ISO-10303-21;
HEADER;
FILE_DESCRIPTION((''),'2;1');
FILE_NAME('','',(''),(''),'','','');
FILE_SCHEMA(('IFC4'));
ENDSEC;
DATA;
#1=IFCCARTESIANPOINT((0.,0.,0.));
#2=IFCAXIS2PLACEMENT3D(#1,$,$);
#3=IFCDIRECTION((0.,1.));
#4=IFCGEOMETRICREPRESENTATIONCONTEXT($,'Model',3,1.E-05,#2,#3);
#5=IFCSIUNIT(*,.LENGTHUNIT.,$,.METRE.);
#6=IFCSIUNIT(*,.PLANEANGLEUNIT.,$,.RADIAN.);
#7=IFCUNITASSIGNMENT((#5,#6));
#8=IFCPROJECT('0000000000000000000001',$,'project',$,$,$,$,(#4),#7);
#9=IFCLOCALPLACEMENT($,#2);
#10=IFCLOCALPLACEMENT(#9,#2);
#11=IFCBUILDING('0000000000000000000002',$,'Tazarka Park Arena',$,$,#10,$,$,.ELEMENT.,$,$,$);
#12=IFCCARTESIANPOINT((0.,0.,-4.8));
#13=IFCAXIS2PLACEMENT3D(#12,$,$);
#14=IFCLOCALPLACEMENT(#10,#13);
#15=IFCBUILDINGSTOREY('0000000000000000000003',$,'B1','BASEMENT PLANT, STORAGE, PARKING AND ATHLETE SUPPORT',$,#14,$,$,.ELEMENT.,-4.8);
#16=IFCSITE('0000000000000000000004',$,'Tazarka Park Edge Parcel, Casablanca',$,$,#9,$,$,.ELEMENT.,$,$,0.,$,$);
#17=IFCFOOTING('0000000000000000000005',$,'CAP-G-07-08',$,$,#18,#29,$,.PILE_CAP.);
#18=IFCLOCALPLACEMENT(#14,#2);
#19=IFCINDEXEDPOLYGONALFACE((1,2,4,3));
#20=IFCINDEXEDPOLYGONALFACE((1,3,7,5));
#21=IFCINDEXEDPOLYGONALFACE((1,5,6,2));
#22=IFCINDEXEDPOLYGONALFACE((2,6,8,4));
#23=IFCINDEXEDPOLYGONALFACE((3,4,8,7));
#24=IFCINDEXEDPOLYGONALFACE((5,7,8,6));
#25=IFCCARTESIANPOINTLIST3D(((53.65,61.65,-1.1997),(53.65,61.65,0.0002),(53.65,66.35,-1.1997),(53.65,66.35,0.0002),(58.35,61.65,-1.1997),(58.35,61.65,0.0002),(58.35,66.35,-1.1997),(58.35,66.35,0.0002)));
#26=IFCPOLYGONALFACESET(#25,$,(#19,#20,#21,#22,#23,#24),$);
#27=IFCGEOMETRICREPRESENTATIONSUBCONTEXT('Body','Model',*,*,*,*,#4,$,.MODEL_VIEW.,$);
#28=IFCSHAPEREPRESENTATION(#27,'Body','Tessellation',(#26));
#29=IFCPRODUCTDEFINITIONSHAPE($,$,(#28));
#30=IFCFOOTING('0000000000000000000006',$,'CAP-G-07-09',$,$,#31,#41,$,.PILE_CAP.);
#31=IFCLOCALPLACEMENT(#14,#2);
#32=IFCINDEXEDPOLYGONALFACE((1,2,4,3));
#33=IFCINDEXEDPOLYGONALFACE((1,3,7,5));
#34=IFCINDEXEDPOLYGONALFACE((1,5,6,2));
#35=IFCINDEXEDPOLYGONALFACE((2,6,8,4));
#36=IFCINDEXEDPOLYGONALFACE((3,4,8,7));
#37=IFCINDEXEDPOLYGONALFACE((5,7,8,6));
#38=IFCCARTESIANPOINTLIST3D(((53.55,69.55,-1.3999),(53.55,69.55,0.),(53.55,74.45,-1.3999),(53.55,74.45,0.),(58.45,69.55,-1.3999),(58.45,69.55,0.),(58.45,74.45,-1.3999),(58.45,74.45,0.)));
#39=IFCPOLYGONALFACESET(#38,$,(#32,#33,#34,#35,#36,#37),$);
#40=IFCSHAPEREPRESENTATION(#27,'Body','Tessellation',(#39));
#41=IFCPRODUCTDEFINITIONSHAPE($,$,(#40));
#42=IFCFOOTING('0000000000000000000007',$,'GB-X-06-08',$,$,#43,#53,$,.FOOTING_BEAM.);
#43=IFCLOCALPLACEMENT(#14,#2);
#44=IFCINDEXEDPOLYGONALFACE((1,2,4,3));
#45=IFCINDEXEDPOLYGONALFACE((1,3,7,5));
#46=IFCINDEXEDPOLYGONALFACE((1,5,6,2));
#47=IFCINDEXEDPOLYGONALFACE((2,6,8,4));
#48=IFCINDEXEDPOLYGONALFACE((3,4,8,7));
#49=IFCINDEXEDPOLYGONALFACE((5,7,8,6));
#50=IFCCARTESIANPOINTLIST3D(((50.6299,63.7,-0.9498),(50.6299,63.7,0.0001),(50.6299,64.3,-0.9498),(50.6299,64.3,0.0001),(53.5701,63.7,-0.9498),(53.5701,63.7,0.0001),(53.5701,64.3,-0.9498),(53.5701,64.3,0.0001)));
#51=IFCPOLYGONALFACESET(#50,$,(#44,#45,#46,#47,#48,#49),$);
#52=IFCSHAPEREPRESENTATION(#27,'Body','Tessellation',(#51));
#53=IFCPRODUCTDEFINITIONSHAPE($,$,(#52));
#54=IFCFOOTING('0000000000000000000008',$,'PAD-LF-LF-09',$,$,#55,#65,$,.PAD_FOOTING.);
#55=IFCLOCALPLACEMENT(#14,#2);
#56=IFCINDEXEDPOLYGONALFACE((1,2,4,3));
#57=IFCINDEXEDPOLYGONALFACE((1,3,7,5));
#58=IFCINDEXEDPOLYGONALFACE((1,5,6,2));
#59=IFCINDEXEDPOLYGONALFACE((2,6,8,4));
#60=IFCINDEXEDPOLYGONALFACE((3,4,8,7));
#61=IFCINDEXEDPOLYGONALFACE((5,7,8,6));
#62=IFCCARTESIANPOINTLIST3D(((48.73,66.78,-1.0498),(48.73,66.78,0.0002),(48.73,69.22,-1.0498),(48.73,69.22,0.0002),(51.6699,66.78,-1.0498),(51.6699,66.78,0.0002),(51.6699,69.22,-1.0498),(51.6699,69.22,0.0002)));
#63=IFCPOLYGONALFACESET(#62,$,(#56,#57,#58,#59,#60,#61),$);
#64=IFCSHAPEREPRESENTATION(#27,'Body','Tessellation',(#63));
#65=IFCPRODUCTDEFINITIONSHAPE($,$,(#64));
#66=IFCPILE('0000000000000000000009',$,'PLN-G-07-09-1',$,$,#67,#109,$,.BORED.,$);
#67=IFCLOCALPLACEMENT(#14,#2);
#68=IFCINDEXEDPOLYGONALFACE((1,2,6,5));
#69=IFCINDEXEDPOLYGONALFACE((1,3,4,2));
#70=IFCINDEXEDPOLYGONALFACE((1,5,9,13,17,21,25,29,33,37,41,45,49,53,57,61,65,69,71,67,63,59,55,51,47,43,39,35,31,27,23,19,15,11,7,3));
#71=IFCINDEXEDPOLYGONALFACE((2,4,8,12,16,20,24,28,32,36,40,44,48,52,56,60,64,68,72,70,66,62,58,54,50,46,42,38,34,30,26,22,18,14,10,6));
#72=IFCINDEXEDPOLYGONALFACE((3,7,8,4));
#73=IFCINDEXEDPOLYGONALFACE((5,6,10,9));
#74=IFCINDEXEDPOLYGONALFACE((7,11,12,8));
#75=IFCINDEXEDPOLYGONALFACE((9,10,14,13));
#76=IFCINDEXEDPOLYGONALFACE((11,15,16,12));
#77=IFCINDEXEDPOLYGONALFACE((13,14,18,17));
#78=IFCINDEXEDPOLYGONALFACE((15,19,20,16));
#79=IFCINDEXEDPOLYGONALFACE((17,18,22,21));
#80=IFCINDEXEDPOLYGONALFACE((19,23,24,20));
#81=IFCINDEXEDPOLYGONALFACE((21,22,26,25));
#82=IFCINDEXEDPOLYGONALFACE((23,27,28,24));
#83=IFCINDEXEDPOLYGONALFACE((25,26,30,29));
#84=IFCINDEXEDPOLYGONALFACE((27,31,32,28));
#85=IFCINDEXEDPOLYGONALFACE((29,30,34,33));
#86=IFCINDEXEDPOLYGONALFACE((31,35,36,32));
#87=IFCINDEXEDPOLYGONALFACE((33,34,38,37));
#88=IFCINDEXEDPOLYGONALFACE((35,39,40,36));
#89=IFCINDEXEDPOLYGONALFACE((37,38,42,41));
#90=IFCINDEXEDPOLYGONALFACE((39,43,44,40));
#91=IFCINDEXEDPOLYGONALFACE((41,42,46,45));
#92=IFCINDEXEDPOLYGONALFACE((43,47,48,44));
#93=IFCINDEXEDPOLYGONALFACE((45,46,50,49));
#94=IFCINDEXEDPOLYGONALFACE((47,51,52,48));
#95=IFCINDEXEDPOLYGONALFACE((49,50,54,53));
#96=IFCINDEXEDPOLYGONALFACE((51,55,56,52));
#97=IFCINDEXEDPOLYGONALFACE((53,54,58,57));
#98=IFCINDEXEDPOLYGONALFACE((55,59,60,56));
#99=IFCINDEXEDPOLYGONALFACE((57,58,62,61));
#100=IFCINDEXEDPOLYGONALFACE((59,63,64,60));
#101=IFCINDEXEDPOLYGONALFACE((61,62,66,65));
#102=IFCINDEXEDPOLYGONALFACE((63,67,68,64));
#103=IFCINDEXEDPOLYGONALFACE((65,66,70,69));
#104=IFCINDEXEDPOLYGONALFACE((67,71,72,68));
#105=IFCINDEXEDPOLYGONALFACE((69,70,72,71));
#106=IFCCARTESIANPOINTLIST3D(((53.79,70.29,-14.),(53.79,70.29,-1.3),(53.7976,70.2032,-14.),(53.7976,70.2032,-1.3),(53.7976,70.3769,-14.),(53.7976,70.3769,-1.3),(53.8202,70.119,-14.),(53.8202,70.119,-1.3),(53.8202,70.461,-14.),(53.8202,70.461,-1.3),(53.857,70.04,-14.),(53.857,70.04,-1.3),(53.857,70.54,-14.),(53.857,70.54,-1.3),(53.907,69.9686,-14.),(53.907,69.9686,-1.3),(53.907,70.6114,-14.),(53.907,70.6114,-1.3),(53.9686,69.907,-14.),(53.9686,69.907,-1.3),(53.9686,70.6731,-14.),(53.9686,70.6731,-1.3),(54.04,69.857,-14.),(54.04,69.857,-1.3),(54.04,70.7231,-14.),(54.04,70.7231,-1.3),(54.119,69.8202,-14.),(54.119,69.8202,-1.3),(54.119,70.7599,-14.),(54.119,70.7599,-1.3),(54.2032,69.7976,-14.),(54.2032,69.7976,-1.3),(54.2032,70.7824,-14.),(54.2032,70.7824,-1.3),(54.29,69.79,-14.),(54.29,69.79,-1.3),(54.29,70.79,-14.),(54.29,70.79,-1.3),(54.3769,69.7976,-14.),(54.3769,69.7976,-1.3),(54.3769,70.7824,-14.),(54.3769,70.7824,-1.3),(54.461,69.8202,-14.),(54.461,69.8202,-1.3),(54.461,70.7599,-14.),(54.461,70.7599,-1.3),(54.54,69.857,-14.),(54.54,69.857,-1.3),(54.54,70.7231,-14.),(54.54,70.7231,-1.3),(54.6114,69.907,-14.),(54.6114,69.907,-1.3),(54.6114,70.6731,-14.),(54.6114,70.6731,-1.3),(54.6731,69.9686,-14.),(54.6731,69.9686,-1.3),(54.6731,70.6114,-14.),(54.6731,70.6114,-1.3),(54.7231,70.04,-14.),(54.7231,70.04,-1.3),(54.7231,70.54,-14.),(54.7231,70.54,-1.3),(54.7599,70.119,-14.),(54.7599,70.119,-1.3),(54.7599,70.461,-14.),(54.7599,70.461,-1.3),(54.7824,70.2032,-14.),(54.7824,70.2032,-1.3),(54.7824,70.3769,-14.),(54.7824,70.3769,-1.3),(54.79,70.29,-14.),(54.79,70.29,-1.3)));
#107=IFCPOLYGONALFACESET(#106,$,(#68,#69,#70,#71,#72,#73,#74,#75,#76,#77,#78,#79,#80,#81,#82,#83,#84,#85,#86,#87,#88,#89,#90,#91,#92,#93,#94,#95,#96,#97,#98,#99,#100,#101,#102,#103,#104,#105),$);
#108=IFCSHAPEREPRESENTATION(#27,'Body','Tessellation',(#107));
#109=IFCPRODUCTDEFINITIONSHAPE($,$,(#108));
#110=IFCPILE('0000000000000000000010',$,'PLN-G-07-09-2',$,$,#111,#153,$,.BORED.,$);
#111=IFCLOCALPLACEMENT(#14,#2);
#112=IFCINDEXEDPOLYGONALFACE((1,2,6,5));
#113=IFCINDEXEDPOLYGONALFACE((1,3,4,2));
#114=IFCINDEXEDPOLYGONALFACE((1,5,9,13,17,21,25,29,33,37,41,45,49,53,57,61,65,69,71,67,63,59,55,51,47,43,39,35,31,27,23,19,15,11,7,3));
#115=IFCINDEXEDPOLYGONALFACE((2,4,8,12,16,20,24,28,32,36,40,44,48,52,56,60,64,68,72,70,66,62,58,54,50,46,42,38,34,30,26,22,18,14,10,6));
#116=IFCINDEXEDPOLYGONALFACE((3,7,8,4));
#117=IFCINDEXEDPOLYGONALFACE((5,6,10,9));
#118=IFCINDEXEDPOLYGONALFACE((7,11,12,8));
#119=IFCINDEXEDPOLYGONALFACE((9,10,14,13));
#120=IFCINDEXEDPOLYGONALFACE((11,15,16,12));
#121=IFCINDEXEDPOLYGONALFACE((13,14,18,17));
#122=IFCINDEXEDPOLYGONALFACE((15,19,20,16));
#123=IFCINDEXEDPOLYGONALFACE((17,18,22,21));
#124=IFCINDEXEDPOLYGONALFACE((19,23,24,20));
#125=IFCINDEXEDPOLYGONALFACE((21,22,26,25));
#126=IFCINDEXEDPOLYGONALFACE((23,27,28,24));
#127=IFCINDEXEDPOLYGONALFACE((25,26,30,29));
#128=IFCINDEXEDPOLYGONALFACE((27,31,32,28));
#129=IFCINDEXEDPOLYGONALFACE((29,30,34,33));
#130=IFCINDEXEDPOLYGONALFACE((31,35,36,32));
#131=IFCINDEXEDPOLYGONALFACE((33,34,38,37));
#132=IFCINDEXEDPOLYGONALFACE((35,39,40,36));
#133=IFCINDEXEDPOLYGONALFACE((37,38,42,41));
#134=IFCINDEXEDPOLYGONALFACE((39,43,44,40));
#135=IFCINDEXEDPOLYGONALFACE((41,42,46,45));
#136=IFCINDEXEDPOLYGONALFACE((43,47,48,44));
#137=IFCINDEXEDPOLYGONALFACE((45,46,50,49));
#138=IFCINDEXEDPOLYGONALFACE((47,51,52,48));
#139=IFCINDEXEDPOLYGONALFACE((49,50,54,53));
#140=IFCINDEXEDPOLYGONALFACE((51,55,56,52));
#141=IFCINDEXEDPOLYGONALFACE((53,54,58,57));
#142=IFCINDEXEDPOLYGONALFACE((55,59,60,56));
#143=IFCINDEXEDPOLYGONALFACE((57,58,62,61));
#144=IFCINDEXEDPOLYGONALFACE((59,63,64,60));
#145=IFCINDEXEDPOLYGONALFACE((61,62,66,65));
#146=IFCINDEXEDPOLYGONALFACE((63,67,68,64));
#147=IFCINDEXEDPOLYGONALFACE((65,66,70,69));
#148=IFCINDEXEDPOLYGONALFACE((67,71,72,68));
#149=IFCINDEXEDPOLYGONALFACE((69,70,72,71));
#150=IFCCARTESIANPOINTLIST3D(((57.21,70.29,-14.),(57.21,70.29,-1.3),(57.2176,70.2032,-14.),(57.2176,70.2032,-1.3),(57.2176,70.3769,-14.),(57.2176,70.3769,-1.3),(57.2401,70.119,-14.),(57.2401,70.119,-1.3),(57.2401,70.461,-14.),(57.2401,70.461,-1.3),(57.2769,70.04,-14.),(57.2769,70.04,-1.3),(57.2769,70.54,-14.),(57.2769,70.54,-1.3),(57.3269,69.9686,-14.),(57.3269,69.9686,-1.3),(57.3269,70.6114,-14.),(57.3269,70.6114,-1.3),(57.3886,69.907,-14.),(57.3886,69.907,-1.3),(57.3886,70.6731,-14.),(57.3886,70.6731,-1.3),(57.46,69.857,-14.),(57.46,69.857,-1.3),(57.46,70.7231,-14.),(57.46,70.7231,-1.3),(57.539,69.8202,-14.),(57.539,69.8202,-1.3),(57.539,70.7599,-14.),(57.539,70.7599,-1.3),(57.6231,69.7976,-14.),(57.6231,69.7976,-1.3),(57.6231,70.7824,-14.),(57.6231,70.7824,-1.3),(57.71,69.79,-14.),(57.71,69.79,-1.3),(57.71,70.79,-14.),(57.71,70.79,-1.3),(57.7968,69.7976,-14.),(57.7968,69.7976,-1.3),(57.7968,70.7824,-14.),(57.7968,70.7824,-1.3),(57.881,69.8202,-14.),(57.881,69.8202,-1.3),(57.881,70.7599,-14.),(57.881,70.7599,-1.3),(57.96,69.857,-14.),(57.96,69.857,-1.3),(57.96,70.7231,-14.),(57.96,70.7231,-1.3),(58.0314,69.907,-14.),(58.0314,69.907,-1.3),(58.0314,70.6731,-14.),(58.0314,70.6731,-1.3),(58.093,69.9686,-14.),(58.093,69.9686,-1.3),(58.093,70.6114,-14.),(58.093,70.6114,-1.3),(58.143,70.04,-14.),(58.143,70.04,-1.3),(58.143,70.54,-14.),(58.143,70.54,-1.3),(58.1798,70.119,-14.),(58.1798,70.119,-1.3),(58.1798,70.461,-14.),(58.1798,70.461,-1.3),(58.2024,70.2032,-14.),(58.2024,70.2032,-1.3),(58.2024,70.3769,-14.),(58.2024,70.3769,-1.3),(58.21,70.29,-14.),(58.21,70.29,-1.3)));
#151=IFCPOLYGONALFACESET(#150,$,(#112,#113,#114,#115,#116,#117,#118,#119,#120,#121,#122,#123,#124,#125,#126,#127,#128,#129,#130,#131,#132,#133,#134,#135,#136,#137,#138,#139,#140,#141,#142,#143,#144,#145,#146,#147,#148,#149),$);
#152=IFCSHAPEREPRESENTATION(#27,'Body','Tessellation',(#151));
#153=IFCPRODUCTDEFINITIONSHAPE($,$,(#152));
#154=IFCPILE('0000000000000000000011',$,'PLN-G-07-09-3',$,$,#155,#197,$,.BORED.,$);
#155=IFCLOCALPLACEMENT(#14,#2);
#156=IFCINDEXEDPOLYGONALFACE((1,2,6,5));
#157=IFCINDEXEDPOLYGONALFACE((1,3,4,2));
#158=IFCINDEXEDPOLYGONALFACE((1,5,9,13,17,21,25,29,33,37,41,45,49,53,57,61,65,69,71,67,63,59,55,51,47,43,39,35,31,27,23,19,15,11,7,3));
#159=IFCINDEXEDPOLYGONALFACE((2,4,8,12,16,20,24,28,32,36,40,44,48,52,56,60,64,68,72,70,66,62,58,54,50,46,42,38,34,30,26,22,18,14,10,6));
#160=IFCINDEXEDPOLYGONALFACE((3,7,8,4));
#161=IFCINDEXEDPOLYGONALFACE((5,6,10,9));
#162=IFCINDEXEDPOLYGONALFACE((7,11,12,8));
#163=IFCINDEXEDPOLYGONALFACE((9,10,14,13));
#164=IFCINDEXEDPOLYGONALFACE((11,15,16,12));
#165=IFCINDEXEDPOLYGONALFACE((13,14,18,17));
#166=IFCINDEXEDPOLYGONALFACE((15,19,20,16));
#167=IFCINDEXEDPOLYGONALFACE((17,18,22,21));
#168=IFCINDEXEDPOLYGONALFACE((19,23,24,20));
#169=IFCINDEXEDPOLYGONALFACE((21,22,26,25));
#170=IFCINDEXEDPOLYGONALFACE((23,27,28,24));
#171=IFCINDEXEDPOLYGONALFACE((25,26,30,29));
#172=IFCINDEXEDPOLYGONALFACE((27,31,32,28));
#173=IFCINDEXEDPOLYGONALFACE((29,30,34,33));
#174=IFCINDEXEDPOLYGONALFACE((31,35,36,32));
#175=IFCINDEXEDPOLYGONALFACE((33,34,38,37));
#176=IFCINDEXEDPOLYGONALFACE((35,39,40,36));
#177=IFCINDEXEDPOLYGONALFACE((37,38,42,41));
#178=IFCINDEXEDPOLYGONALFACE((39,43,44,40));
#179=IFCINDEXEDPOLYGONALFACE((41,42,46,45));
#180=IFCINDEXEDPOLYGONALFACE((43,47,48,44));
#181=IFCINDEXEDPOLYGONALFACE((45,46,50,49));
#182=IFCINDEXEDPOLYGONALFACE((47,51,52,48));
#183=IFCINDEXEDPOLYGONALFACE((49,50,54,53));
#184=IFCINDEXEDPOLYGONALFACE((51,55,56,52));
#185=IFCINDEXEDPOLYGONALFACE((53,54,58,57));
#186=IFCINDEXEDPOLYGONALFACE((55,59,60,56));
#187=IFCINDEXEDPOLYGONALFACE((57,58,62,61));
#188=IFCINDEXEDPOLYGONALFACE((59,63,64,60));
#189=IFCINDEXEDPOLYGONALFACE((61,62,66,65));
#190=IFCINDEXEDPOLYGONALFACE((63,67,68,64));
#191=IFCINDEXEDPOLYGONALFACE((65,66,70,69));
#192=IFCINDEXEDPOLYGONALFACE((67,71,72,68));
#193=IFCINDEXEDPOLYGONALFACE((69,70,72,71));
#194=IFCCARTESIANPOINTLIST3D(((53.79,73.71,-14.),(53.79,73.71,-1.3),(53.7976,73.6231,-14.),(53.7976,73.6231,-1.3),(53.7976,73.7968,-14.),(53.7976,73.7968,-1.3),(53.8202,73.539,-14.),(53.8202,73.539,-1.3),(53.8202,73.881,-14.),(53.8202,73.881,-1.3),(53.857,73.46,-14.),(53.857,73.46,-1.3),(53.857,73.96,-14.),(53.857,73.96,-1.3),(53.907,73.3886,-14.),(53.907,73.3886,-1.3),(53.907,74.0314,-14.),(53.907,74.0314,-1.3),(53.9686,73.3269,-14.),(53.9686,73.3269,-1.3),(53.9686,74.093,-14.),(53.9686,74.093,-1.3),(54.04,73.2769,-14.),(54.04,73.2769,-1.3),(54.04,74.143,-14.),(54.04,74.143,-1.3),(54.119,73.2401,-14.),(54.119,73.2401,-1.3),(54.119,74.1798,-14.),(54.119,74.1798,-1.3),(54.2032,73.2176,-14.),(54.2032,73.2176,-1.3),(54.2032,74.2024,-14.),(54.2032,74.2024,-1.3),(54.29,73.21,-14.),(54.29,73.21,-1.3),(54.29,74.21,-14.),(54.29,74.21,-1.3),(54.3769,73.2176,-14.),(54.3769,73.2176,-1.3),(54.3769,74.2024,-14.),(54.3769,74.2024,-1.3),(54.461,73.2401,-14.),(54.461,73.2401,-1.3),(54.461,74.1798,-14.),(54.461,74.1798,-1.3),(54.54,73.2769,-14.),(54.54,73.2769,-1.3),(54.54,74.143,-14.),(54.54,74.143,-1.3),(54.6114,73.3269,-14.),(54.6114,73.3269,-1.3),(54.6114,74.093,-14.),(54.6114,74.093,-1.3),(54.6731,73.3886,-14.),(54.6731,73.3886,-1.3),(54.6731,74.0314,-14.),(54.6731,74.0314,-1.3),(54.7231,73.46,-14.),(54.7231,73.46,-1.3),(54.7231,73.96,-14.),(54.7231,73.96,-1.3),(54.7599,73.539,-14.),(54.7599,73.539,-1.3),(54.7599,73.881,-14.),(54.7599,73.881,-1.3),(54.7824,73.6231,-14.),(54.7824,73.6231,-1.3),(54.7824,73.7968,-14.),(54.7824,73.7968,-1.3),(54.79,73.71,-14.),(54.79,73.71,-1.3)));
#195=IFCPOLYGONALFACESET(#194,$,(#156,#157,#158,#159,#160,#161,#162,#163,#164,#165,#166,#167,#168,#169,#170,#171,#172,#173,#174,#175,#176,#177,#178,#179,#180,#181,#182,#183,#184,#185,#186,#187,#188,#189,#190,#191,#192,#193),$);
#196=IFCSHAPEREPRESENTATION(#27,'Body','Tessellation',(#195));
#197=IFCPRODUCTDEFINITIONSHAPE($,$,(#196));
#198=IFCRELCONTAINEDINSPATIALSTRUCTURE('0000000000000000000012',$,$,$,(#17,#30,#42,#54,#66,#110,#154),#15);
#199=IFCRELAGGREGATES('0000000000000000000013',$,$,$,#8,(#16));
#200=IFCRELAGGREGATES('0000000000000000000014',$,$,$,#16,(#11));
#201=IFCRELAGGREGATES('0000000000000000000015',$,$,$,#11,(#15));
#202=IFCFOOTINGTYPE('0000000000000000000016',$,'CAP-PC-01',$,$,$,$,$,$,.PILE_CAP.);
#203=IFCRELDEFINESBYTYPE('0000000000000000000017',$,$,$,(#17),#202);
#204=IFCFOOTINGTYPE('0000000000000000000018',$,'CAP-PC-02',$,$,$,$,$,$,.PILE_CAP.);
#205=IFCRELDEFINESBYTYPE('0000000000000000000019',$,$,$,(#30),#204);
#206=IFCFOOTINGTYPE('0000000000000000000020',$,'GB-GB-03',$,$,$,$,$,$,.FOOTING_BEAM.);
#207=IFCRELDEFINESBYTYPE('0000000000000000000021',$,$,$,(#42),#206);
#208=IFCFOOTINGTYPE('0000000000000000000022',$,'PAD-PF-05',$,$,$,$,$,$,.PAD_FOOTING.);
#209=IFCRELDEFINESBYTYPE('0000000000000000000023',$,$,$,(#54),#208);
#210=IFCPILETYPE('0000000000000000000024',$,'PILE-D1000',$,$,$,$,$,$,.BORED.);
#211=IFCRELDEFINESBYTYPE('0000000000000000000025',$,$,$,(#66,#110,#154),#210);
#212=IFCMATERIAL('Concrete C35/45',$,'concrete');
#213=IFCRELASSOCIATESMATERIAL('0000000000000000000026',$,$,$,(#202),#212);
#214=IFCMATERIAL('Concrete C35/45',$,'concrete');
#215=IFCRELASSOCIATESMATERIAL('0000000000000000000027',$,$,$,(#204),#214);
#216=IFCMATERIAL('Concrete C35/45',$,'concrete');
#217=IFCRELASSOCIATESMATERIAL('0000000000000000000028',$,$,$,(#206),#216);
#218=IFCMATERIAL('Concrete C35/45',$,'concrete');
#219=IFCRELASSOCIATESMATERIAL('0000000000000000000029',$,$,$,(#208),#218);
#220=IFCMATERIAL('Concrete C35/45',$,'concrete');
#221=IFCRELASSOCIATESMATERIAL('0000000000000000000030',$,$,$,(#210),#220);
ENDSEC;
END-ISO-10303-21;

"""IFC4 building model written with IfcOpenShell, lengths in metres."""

from ifc_helpers import new_model, si_unit, direction, frame, origin, origin_2d, place, context, subcontext, project, spatial, rectangle, circle, extrude, material, material_profile, profile_set, type_object, element, save


model = new_model("IFC4")

# Units and contexts
model_context = context("Model", 3, precision=1e-05, world=origin(), true_north=direction((0.0, 1.0)))
body_context = subcontext(model_context, "Body", "Model", "MODEL_VIEW")
ifc_project = project(units=[si_unit("LENGTHUNIT", "METRE"), si_unit("PLANEANGLEUNIT", "RADIAN")], contexts=[model_context])

# Site, building, storey
site_placement = place(None, origin())
site = spatial("IfcSite", under=ifc_project, at=site_placement, Name="Tazarka Park Edge Parcel, Casablanca", CompositionType="ELEMENT", RefElevation=0.0)
building_placement = place(site_placement, origin())
building = spatial("IfcBuilding", under=site, at=building_placement, Name="Tazarka Park Arena", CompositionType="ELEMENT")
storey_placement = place(building_placement, frame((0.0, 0.0, -4.8)))
storey = spatial("IfcBuildingStorey", under=building, at=storey_placement, Name="B1", Description="BASEMENT PLANT, STORAGE, PARKING AND ATHLETE SUPPORT", CompositionType="ELEMENT", Elevation=-4.8)

# Footings
ifc_material_1 = material(Name="Concrete C35/45", Category="concrete")
footing_type_1 = type_object("IfcFootingType", Name="CAP-PC-01", PredefinedType="PILE_CAP", material=ifc_material_1)
footing_1_placement = place(storey_placement, frame((56.0, 64.0, -1.1997), z_axis=(0.0, 0.0, 1.0), x_axis=(1.0, 0.0, 0.0)))
element("IfcFooting", 1, at=footing_1_placement, inside=storey, type_object=footing_type_1, Name="CAP-G-07-08", PredefinedType="PILE_CAP", context=body_context, shape_type="SweptSolid", body=[
    extrude(rectangle(XDim=4.7, YDim=4.7, at=origin_2d()), origin(), (0.0, 0.0, 1.0), 1.2),
])
ifc_material_2 = material(Name="Concrete C35/45", Category="concrete")
footing_type_2 = type_object("IfcFootingType", Name="CAP-PC-02", PredefinedType="PILE_CAP", material=ifc_material_2)
footing_2_placement = place(storey_placement, frame((56.0, 72.0, -1.3999), z_axis=(0.0, 0.0, 1.0), x_axis=(1.0, 0.0, 0.0)))
element("IfcFooting", 2, at=footing_2_placement, inside=storey, type_object=footing_type_2, Name="CAP-G-07-09", PredefinedType="PILE_CAP", context=body_context, shape_type="SweptSolid", body=[
    extrude(rectangle(XDim=4.8999, YDim=4.8999, at=origin_2d()), origin(), (0.0, 0.0, 1.0), 1.3999),
])
ifc_material_3 = material(Name="Concrete C35/45", Category="concrete")
ifc_material_profile_1 = material_profile(ifc_material_3, rectangle(XDim=0.6001, YDim=0.95, at=origin_2d()), Name="Concrete C35/45")
ifc_profile_set_1 = profile_set([ifc_material_profile_1], Name="Concrete C35/45")
footing_type_3 = type_object("IfcFootingType", Name="GB-GB-03", PredefinedType="FOOTING_BEAM", material=ifc_profile_set_1)
footing_3_placement = place(storey_placement, frame((50.6299, 64.0, -0.4749), z_axis=(1.0, 0.0, 0.0), x_axis=(0.0, 1.0, 0.0)))
element("IfcFooting", 3, at=footing_3_placement, inside=storey, type_object=footing_type_3, Name="GB-X-06-08", PredefinedType="FOOTING_BEAM", context=body_context, shape_type="SweptSolid", body=[
    extrude(rectangle(XDim=0.6001, YDim=0.95, at=origin_2d()), origin(), (0.0, 0.0, 1.0), 2.9402),
])
ifc_material_4 = material(Name="Concrete C35/45", Category="concrete")
footing_type_4 = type_object("IfcFootingType", Name="PAD-PF-05", PredefinedType="PAD_FOOTING", material=ifc_material_4)
footing_4_placement = place(storey_placement, frame((50.2, 68.0, -1.0498), z_axis=(0.0, 0.0, 1.0), x_axis=(1.0, 0.0, 0.0)))
element("IfcFooting", 4, at=footing_4_placement, inside=storey, type_object=footing_type_4, Name="PAD-LF-LF-09", PredefinedType="PAD_FOOTING", context=body_context, shape_type="SweptSolid", body=[
    extrude(rectangle(XDim=2.9399, YDim=2.4399, at=origin_2d()), origin(), (0.0, 0.0, 1.0), 1.05),
])

# Piles
ifc_material_5 = material(Name="Concrete C35/45", Category="concrete")
ifc_material_profile_2 = material_profile(ifc_material_5, circle(Radius=0.5, at=origin_2d()), Name="Concrete C35/45")
ifc_profile_set_2 = profile_set([ifc_material_profile_2], Name="Concrete C35/45")
pile_type_1 = type_object("IfcPileType", Name="PILE-D1000", PredefinedType="BORED", material=ifc_profile_set_2)
for number, where, z_axis, x_axis, name in (
    (5, (54.29, 70.29, -1.3), (0.0, 0.0, -1.0), (1.0, 0.0, 0.0), "PLN-G-07-09-1"),
    (6, (57.71, 70.29, -1.3), (0.0, 0.0, -1.0), (1.0, 0.0, 0.0), "PLN-G-07-09-2"),
    (7, (54.29, 73.71, -1.3), (0.0, 0.0, -1.0), (1.0, 0.0, 0.0), "PLN-G-07-09-3"),
):
    element("IfcPile", number, at=place(storey_placement, frame(where, z_axis=z_axis, x_axis=x_axis)), inside=storey, type_object=pile_type_1, Name=name, PredefinedType="BORED", context=body_context, shape_type="SweptSolid", body=[
        extrude(circle(Radius=0.5, at=origin_2d()), origin(), (0.0, 0.0, 1.0), 12.7),
    ])

save(model, "model.ifc")
